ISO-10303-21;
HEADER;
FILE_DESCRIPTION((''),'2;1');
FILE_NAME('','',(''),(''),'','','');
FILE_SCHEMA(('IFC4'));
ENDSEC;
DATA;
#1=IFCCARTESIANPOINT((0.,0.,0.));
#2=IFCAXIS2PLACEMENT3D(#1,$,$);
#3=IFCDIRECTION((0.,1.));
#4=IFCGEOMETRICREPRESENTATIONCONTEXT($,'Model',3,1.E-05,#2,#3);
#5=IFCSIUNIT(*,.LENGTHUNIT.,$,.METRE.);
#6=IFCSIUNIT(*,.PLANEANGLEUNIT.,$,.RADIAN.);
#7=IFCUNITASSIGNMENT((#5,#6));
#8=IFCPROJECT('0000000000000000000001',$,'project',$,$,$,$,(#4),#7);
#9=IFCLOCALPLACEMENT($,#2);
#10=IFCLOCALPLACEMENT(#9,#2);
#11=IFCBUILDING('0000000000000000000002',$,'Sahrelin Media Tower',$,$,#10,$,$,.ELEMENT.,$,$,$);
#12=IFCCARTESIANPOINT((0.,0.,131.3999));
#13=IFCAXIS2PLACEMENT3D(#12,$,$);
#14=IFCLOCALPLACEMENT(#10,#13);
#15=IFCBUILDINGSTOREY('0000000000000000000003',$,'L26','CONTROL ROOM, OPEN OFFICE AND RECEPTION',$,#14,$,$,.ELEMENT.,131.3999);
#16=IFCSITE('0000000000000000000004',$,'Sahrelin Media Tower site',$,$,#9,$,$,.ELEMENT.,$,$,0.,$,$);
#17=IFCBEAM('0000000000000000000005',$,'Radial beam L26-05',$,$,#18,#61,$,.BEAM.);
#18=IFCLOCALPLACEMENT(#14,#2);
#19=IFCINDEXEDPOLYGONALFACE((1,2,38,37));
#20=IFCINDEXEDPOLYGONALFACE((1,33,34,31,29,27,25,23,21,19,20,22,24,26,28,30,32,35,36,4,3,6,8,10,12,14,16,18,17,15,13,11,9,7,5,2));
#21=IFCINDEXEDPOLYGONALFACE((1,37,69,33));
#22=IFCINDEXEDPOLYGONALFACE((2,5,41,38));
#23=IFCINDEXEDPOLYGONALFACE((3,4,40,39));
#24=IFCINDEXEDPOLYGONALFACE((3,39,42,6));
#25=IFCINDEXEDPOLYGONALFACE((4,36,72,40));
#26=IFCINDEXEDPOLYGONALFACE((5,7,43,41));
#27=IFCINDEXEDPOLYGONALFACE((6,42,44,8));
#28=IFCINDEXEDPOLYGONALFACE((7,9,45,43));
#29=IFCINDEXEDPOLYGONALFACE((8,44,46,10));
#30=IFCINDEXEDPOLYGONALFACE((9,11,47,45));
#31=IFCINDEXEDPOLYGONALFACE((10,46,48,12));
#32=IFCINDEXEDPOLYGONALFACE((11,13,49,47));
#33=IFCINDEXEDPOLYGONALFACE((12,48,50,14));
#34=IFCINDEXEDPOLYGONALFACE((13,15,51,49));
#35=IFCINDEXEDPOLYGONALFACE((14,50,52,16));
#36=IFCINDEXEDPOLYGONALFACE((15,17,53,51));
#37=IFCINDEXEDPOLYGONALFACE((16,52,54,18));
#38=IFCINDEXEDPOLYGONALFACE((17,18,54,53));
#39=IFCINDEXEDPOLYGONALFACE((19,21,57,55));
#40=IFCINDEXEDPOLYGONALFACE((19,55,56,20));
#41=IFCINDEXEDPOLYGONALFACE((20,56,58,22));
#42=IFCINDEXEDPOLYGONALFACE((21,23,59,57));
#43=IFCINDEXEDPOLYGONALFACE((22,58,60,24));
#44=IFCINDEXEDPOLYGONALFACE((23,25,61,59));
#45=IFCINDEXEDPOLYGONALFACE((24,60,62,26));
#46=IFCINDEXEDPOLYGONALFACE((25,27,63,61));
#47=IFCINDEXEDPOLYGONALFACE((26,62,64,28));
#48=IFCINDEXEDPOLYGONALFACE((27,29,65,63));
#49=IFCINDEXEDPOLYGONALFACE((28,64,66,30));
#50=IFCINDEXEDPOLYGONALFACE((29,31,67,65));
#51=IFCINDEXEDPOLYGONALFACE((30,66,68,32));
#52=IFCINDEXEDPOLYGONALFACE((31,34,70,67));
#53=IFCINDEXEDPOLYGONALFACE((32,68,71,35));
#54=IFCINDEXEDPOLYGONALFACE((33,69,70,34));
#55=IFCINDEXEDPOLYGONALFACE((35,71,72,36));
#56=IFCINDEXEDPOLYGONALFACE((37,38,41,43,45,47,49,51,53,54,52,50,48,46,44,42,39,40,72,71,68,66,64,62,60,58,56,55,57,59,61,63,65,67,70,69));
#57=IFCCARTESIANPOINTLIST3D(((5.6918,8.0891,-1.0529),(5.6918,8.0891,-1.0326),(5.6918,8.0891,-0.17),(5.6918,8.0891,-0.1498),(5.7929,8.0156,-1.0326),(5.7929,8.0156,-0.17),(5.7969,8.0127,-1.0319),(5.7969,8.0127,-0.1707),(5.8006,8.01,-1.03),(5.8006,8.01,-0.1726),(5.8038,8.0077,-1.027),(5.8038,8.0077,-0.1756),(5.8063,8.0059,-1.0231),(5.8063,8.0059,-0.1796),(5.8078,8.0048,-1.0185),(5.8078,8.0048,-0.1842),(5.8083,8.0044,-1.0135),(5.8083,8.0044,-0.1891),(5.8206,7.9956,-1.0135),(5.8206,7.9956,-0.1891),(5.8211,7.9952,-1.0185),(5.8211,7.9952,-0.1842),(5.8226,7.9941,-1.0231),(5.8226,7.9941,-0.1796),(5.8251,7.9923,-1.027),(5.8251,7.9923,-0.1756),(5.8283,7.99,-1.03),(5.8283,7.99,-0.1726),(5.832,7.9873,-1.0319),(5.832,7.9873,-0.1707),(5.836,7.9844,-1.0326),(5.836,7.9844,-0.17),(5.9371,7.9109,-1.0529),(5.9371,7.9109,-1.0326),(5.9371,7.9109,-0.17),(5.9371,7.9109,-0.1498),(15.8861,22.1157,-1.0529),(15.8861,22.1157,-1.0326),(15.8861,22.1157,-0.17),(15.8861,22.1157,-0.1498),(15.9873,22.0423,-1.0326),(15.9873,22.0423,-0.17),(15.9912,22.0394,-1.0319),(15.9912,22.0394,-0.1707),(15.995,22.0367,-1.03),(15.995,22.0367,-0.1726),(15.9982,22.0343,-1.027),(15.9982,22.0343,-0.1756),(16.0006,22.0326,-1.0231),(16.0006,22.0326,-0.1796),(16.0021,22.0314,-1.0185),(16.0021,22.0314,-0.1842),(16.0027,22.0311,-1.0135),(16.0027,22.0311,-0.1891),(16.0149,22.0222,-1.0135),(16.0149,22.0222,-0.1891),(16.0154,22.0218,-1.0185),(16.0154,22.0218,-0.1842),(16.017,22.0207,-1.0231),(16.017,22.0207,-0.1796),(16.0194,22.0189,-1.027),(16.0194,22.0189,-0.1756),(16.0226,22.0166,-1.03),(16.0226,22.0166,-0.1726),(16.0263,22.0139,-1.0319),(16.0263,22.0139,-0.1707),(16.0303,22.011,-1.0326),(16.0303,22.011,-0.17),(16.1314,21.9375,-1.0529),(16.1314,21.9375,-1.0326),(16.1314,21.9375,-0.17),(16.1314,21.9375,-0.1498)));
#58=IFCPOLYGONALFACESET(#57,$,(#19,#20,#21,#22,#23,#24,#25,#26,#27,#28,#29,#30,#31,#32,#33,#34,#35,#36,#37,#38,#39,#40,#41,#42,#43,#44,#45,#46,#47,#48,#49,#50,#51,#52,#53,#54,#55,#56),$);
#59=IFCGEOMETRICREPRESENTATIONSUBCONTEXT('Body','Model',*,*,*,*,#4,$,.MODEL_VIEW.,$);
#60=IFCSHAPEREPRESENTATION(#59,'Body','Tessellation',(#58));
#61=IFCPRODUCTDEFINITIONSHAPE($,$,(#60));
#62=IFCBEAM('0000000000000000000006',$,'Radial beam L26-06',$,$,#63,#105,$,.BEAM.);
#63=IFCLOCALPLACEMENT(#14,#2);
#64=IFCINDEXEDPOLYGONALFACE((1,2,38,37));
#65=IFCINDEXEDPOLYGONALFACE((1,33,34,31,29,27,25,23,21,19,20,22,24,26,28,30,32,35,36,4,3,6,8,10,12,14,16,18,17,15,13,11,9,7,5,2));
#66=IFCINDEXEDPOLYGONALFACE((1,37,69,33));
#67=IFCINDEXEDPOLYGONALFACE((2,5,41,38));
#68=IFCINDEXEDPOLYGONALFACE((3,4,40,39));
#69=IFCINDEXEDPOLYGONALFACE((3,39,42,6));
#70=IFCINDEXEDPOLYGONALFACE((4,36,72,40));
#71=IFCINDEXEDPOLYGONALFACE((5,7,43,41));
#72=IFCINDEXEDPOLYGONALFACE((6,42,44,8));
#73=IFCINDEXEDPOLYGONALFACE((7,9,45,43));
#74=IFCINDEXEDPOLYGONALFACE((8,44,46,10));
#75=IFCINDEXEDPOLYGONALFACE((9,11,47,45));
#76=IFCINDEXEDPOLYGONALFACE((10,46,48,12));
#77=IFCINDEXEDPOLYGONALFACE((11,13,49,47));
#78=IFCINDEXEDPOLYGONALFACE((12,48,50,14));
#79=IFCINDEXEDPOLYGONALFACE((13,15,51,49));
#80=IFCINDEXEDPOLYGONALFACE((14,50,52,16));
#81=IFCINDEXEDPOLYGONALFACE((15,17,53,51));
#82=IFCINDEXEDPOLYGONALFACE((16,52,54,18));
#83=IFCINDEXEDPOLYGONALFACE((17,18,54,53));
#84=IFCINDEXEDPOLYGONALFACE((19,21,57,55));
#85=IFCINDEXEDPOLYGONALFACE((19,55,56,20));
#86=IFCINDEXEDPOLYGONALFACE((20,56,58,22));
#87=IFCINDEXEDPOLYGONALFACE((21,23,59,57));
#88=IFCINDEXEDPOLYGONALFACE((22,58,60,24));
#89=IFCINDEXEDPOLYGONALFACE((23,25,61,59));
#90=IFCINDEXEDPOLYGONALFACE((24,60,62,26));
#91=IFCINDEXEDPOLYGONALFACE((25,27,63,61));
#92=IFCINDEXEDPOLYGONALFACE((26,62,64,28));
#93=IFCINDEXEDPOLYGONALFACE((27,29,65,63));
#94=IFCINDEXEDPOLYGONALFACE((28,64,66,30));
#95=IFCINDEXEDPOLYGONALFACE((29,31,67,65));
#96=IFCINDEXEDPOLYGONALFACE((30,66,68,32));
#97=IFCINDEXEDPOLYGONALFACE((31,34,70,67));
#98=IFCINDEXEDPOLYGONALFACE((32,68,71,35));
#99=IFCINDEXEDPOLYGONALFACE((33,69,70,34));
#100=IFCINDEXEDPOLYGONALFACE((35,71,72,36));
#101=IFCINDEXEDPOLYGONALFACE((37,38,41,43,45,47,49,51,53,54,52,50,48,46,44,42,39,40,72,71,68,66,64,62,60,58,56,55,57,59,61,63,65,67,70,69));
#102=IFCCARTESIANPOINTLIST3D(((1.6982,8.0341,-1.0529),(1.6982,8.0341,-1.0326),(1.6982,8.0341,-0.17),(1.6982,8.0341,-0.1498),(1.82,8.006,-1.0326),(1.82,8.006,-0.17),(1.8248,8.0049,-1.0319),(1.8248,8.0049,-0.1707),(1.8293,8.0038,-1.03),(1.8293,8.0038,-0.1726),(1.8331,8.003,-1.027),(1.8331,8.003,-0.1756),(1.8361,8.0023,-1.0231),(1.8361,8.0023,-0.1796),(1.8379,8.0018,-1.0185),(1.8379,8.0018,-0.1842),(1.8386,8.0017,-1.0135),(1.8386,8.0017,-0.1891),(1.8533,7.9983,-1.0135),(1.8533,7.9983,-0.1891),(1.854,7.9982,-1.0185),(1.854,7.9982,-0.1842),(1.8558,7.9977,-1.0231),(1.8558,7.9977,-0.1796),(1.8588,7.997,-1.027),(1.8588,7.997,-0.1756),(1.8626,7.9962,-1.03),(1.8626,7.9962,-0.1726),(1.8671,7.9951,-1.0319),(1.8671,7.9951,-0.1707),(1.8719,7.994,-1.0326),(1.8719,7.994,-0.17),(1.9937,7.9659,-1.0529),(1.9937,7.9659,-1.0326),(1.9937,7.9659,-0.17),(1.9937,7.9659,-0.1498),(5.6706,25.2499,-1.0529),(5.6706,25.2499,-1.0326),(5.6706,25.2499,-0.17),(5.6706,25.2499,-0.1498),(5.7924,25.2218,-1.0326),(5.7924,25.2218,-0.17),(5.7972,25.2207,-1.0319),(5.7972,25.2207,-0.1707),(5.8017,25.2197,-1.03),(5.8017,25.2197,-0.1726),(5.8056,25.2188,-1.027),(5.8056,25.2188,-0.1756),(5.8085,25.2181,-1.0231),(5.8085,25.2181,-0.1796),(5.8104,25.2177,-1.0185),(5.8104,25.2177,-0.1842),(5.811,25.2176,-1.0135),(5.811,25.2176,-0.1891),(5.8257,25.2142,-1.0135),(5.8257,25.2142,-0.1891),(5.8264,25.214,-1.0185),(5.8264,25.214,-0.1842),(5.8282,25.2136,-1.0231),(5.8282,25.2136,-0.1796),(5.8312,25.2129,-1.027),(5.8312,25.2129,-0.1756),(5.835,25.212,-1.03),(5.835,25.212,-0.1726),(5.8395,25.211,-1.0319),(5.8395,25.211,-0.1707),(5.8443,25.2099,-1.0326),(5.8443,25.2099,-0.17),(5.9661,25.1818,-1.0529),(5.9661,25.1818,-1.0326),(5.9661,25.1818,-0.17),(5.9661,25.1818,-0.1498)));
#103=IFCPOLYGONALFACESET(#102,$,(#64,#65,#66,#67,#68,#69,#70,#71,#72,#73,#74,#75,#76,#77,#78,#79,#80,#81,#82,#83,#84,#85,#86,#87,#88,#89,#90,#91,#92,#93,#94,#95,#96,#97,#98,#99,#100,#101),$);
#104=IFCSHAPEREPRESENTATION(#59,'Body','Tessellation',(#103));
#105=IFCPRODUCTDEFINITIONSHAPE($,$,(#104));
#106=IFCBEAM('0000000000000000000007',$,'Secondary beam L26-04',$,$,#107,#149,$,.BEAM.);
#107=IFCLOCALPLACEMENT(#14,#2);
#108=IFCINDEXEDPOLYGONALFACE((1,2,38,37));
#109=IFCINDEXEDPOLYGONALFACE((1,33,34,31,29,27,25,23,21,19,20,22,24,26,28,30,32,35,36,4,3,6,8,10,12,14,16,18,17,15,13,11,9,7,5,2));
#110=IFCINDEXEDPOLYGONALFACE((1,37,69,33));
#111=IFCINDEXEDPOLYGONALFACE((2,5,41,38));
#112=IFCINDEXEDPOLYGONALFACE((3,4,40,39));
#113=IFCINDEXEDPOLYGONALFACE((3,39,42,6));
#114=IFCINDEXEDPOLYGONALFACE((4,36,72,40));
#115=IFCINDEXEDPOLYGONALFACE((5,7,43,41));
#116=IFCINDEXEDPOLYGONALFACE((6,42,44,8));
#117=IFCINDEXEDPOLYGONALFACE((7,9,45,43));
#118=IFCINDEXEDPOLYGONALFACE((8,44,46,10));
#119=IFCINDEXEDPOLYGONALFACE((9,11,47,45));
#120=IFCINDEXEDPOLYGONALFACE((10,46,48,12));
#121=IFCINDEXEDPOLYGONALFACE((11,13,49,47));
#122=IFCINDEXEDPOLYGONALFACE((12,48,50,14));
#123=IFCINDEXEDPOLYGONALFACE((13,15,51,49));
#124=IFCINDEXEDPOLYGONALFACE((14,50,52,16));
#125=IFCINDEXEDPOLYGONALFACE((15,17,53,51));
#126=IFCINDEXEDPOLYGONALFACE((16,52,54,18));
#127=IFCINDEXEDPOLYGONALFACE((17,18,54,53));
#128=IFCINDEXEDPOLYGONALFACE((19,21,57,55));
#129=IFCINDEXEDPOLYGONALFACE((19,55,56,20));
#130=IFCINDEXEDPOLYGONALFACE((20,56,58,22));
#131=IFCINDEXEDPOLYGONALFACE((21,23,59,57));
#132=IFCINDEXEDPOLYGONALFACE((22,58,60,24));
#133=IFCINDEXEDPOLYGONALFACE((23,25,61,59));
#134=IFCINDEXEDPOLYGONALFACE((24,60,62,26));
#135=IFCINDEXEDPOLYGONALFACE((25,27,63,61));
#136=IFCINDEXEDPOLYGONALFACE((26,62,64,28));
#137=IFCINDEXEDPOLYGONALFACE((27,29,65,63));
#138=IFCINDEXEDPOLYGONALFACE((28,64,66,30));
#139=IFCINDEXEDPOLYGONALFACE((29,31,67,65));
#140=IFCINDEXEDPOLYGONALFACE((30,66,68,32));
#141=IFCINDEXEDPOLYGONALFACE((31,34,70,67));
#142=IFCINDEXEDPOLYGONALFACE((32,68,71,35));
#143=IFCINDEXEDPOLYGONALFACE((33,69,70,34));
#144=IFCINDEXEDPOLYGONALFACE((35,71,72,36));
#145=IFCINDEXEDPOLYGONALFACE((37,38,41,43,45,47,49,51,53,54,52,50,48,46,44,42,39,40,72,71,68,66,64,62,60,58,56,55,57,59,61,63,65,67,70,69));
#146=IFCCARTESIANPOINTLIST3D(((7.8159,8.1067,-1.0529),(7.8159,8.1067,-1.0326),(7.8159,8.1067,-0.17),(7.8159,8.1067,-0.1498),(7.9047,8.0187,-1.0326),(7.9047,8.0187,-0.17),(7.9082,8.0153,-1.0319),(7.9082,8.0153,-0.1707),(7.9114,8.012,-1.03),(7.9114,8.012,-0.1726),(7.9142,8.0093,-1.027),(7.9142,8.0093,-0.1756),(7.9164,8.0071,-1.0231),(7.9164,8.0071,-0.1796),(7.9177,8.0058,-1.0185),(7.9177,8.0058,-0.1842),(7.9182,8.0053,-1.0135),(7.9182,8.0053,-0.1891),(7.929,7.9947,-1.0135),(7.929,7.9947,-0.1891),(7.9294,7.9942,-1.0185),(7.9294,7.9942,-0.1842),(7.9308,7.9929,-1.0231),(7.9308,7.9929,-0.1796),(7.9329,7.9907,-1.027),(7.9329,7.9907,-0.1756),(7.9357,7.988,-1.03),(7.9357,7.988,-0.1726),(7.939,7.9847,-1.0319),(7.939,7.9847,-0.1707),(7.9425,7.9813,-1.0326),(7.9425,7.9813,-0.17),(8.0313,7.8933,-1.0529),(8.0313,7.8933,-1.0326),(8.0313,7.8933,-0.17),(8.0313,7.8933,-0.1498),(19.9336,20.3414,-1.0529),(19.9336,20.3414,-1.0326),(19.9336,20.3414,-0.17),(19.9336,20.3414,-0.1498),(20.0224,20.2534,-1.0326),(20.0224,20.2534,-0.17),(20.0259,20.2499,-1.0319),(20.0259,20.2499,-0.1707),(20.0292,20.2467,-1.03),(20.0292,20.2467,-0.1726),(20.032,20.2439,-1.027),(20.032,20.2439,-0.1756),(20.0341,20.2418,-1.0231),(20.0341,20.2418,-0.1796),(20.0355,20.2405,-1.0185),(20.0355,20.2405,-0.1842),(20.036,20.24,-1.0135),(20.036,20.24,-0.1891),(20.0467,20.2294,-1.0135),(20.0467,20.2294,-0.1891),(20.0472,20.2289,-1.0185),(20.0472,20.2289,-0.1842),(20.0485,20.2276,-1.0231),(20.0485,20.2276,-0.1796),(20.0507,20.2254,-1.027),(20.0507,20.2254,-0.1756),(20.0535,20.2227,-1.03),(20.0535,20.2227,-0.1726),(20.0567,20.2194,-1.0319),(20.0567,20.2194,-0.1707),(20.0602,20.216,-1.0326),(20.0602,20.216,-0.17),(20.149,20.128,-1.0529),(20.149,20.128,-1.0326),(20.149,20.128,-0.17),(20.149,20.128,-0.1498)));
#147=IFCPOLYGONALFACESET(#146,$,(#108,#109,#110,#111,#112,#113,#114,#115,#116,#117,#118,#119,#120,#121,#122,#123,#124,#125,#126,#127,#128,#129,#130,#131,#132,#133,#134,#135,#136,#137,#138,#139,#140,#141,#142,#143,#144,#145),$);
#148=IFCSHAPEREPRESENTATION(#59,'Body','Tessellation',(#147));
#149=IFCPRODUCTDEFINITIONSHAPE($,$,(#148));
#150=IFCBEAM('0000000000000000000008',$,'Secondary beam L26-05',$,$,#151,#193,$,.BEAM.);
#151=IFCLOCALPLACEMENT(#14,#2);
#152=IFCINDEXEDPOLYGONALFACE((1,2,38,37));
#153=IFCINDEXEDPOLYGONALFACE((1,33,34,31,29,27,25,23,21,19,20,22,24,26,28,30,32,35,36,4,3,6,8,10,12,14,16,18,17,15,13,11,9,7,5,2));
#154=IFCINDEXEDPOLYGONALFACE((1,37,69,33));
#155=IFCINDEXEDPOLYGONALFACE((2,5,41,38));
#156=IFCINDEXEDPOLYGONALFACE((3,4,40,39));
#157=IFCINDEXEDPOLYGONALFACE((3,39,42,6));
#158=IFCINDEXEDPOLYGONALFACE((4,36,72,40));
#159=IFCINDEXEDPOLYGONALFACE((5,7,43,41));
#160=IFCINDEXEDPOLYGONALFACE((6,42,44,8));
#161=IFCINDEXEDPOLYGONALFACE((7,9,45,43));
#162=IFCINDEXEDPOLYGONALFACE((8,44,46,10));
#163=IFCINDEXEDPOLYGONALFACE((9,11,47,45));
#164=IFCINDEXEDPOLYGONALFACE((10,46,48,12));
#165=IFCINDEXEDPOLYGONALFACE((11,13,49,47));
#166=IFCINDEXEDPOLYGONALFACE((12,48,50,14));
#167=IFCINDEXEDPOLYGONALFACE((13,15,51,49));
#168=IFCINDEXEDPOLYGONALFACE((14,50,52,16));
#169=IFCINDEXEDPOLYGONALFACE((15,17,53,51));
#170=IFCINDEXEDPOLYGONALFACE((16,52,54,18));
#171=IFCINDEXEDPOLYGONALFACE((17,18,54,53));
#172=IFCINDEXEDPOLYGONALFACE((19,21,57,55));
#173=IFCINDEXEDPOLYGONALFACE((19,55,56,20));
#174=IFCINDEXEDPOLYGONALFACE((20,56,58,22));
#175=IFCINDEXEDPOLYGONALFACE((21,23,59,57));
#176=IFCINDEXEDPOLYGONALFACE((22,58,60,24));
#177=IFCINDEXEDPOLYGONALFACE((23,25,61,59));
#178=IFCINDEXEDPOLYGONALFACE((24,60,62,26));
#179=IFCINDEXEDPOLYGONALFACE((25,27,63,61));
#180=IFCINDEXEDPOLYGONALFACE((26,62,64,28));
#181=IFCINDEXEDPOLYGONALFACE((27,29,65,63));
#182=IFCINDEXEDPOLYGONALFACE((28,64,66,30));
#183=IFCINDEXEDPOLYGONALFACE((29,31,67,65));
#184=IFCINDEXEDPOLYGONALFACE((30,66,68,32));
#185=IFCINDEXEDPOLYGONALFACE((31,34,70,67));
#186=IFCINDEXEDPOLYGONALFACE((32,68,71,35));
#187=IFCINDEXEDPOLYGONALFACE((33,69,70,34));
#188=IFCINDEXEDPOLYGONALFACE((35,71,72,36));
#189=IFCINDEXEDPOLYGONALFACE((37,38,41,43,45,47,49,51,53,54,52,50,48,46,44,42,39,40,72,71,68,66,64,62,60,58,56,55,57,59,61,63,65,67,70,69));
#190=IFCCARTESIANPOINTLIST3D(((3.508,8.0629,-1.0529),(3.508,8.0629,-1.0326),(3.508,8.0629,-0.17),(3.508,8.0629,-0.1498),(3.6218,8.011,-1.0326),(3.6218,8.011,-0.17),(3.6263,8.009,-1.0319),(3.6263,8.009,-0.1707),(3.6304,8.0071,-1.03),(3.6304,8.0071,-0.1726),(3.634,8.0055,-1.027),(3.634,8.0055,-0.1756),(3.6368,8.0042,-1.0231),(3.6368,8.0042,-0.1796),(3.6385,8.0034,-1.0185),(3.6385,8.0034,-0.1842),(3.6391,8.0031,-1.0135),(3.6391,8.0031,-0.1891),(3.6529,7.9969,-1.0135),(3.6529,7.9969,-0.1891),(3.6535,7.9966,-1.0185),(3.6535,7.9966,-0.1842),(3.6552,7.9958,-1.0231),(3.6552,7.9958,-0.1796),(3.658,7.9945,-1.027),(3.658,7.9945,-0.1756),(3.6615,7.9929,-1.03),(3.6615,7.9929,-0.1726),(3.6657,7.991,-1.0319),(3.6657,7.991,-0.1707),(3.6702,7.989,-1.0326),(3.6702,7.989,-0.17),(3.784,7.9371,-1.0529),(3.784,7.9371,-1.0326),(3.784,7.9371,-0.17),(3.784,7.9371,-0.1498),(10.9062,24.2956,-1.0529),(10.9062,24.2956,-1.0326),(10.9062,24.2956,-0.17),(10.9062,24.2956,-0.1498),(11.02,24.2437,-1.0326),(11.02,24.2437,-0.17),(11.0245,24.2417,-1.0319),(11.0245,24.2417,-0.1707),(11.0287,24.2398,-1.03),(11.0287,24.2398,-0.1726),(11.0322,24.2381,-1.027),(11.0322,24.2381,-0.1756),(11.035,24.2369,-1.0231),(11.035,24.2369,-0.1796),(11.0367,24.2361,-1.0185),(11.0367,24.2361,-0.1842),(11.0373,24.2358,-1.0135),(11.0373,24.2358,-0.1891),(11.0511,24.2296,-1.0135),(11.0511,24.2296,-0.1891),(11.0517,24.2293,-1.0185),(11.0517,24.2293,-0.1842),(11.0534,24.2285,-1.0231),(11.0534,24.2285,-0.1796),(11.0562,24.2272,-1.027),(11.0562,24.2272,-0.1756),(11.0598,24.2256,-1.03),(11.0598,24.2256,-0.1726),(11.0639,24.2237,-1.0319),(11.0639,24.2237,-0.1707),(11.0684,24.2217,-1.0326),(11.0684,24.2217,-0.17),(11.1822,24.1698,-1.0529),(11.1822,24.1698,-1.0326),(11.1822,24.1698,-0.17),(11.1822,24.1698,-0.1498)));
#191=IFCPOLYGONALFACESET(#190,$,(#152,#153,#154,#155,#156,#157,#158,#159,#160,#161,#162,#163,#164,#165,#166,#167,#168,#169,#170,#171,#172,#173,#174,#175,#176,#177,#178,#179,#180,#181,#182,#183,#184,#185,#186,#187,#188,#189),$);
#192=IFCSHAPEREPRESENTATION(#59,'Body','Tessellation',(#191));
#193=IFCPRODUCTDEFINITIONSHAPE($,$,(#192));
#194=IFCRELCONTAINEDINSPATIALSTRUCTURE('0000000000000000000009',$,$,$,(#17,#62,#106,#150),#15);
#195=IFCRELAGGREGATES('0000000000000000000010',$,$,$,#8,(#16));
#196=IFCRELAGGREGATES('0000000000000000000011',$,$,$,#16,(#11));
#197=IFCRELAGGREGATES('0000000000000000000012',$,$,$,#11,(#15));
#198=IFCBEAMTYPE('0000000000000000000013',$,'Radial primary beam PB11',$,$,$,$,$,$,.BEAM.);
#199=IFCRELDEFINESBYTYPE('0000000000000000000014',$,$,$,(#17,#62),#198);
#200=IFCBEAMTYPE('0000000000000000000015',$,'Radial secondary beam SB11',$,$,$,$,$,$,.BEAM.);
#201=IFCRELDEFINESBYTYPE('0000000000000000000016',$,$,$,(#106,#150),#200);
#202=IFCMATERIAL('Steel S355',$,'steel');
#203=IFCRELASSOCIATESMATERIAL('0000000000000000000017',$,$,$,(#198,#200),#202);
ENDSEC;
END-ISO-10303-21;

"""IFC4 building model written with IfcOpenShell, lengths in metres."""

from ifc_helpers import new_model, si_unit, direction, frame, origin, origin_2d, place, context, subcontext, project, spatial, i_section, extrude, material, material_profile, profile_set, type_object, element, save


model = new_model("IFC4")

# Units and contexts
model_context = context("Model", 3, precision=1e-05, world=origin(), true_north=direction((0.0, 1.0)))
body_context = subcontext(model_context, "Body", "Model", "MODEL_VIEW")
ifc_project = project(units=[si_unit("LENGTHUNIT", "METRE"), si_unit("PLANEANGLEUNIT", "RADIAN")], contexts=[model_context])

# Site, building, storey
site_placement = place(None, origin())
site = spatial("IfcSite", under=ifc_project, at=site_placement, Name="Sahrelin Media Tower site", CompositionType="ELEMENT", RefElevation=0.0)
building_placement = place(site_placement, origin())
building = spatial("IfcBuilding", under=site, at=building_placement, Name="Sahrelin Media Tower", CompositionType="ELEMENT")
storey_placement = place(building_placement, frame((0.0, 0.0, 131.3999)))
storey = spatial("IfcBuildingStorey", under=building, at=storey_placement, Name="L26", Description="CONTROL ROOM, OPEN OFFICE AND RECEPTION", CompositionType="ELEMENT", Elevation=131.3999)

# Shared definitions
ifc_material_1 = material(Name="Steel S355", Category="steel")

# Beams
ifc_material_profile_1 = material_profile(ifc_material_1, i_section(OverallWidth=0.3032, OverallDepth=0.9031, WebThickness=0.0151, FlangeThickness=0.0203, FilletRadius=0.019, at=origin_2d()), Name="UB 914x305x201")
ifc_profile_set_1 = profile_set([ifc_material_profile_1], Name="Steel S355")
beam_type_1 = type_object("IfcBeamType", Name="Radial primary beam PB11", PredefinedType="BEAM", material=ifc_profile_set_1)
beam_1_placement = place(storey_placement, frame((5.8145, 8.0, -0.6013), z_axis=(0.587914, 0.808924, 0.0), x_axis=(-0.808924, 0.587914, 0.0)))
element("IfcBeam", 1, at=beam_1_placement, inside=storey, type_object=beam_type_1, Name="Radial beam L26-05", PredefinedType="BEAM", context=body_context, shape_type="SweptSolid", body=[
    extrude(i_section(OverallWidth=0.3032, OverallDepth=0.9031, WebThickness=0.0151, FlangeThickness=0.0203, FilletRadius=0.019, at=origin_2d()), origin(), (0.0, 0.0, 1.0), 17.3398),
])
beam_2_placement = place(storey_placement, frame((1.8459, 8.0, -0.6013), z_axis=(0.224834, 0.974397, 0.0), x_axis=(-0.974397, 0.224834, 0.0)))
element("IfcBeam", 2, at=beam_2_placement, inside=storey, type_object=beam_type_1, Name="Radial beam L26-06", PredefinedType="BEAM", context=body_context, shape_type="SweptSolid", body=[
    extrude(i_section(OverallWidth=0.3032, OverallDepth=0.9031, WebThickness=0.0151, FlangeThickness=0.0203, FilletRadius=0.019, at=origin_2d()), origin(), (0.0, 0.0, 1.0), 17.6682),
])
ifc_material_profile_2 = material_profile(ifc_material_1, i_section(OverallWidth=0.3032, OverallDepth=0.9031, WebThickness=0.0151, FlangeThickness=0.0203, FilletRadius=0.019, at=origin_2d()), Name="UB 914x305x201")
ifc_profile_set_2 = profile_set([ifc_material_profile_2], Name="Steel S355")
beam_type_2 = type_object("IfcBeamType", Name="Radial secondary beam SB11", PredefinedType="BEAM", material=ifc_profile_set_2)
beam_3_placement = place(storey_placement, frame((7.9236, 8.0, -0.6013), z_axis=(0.703703, 0.710494, 0.0), x_axis=(-0.710494, 0.703703, 0.0)))
element("IfcBeam", 3, at=beam_3_placement, inside=storey, type_object=beam_type_2, Name="Secondary beam L26-04", PredefinedType="BEAM", context=body_context, shape_type="SweptSolid", body=[
    extrude(i_section(OverallWidth=0.3032, OverallDepth=0.9031, WebThickness=0.0151, FlangeThickness=0.0203, FilletRadius=0.019, at=origin_2d()), origin(), (0.0, 0.0, 1.0), 17.22),
])
beam_4_placement = place(storey_placement, frame((3.646, 8.0, -0.6013), z_axis=(0.414718, 0.90995, 0.0), x_axis=(-0.90995, 0.414718, 0.0)))
element("IfcBeam", 4, at=beam_4_placement, inside=storey, type_object=beam_type_2, Name="Secondary beam L26-05", PredefinedType="BEAM", context=body_context, shape_type="SweptSolid", body=[
    extrude(i_section(OverallWidth=0.3032, OverallDepth=0.9031, WebThickness=0.0151, FlangeThickness=0.0203, FilletRadius=0.019, at=origin_2d()), origin(), (0.0, 0.0, 1.0), 17.8391),
])

save(model, "model.ifc")
